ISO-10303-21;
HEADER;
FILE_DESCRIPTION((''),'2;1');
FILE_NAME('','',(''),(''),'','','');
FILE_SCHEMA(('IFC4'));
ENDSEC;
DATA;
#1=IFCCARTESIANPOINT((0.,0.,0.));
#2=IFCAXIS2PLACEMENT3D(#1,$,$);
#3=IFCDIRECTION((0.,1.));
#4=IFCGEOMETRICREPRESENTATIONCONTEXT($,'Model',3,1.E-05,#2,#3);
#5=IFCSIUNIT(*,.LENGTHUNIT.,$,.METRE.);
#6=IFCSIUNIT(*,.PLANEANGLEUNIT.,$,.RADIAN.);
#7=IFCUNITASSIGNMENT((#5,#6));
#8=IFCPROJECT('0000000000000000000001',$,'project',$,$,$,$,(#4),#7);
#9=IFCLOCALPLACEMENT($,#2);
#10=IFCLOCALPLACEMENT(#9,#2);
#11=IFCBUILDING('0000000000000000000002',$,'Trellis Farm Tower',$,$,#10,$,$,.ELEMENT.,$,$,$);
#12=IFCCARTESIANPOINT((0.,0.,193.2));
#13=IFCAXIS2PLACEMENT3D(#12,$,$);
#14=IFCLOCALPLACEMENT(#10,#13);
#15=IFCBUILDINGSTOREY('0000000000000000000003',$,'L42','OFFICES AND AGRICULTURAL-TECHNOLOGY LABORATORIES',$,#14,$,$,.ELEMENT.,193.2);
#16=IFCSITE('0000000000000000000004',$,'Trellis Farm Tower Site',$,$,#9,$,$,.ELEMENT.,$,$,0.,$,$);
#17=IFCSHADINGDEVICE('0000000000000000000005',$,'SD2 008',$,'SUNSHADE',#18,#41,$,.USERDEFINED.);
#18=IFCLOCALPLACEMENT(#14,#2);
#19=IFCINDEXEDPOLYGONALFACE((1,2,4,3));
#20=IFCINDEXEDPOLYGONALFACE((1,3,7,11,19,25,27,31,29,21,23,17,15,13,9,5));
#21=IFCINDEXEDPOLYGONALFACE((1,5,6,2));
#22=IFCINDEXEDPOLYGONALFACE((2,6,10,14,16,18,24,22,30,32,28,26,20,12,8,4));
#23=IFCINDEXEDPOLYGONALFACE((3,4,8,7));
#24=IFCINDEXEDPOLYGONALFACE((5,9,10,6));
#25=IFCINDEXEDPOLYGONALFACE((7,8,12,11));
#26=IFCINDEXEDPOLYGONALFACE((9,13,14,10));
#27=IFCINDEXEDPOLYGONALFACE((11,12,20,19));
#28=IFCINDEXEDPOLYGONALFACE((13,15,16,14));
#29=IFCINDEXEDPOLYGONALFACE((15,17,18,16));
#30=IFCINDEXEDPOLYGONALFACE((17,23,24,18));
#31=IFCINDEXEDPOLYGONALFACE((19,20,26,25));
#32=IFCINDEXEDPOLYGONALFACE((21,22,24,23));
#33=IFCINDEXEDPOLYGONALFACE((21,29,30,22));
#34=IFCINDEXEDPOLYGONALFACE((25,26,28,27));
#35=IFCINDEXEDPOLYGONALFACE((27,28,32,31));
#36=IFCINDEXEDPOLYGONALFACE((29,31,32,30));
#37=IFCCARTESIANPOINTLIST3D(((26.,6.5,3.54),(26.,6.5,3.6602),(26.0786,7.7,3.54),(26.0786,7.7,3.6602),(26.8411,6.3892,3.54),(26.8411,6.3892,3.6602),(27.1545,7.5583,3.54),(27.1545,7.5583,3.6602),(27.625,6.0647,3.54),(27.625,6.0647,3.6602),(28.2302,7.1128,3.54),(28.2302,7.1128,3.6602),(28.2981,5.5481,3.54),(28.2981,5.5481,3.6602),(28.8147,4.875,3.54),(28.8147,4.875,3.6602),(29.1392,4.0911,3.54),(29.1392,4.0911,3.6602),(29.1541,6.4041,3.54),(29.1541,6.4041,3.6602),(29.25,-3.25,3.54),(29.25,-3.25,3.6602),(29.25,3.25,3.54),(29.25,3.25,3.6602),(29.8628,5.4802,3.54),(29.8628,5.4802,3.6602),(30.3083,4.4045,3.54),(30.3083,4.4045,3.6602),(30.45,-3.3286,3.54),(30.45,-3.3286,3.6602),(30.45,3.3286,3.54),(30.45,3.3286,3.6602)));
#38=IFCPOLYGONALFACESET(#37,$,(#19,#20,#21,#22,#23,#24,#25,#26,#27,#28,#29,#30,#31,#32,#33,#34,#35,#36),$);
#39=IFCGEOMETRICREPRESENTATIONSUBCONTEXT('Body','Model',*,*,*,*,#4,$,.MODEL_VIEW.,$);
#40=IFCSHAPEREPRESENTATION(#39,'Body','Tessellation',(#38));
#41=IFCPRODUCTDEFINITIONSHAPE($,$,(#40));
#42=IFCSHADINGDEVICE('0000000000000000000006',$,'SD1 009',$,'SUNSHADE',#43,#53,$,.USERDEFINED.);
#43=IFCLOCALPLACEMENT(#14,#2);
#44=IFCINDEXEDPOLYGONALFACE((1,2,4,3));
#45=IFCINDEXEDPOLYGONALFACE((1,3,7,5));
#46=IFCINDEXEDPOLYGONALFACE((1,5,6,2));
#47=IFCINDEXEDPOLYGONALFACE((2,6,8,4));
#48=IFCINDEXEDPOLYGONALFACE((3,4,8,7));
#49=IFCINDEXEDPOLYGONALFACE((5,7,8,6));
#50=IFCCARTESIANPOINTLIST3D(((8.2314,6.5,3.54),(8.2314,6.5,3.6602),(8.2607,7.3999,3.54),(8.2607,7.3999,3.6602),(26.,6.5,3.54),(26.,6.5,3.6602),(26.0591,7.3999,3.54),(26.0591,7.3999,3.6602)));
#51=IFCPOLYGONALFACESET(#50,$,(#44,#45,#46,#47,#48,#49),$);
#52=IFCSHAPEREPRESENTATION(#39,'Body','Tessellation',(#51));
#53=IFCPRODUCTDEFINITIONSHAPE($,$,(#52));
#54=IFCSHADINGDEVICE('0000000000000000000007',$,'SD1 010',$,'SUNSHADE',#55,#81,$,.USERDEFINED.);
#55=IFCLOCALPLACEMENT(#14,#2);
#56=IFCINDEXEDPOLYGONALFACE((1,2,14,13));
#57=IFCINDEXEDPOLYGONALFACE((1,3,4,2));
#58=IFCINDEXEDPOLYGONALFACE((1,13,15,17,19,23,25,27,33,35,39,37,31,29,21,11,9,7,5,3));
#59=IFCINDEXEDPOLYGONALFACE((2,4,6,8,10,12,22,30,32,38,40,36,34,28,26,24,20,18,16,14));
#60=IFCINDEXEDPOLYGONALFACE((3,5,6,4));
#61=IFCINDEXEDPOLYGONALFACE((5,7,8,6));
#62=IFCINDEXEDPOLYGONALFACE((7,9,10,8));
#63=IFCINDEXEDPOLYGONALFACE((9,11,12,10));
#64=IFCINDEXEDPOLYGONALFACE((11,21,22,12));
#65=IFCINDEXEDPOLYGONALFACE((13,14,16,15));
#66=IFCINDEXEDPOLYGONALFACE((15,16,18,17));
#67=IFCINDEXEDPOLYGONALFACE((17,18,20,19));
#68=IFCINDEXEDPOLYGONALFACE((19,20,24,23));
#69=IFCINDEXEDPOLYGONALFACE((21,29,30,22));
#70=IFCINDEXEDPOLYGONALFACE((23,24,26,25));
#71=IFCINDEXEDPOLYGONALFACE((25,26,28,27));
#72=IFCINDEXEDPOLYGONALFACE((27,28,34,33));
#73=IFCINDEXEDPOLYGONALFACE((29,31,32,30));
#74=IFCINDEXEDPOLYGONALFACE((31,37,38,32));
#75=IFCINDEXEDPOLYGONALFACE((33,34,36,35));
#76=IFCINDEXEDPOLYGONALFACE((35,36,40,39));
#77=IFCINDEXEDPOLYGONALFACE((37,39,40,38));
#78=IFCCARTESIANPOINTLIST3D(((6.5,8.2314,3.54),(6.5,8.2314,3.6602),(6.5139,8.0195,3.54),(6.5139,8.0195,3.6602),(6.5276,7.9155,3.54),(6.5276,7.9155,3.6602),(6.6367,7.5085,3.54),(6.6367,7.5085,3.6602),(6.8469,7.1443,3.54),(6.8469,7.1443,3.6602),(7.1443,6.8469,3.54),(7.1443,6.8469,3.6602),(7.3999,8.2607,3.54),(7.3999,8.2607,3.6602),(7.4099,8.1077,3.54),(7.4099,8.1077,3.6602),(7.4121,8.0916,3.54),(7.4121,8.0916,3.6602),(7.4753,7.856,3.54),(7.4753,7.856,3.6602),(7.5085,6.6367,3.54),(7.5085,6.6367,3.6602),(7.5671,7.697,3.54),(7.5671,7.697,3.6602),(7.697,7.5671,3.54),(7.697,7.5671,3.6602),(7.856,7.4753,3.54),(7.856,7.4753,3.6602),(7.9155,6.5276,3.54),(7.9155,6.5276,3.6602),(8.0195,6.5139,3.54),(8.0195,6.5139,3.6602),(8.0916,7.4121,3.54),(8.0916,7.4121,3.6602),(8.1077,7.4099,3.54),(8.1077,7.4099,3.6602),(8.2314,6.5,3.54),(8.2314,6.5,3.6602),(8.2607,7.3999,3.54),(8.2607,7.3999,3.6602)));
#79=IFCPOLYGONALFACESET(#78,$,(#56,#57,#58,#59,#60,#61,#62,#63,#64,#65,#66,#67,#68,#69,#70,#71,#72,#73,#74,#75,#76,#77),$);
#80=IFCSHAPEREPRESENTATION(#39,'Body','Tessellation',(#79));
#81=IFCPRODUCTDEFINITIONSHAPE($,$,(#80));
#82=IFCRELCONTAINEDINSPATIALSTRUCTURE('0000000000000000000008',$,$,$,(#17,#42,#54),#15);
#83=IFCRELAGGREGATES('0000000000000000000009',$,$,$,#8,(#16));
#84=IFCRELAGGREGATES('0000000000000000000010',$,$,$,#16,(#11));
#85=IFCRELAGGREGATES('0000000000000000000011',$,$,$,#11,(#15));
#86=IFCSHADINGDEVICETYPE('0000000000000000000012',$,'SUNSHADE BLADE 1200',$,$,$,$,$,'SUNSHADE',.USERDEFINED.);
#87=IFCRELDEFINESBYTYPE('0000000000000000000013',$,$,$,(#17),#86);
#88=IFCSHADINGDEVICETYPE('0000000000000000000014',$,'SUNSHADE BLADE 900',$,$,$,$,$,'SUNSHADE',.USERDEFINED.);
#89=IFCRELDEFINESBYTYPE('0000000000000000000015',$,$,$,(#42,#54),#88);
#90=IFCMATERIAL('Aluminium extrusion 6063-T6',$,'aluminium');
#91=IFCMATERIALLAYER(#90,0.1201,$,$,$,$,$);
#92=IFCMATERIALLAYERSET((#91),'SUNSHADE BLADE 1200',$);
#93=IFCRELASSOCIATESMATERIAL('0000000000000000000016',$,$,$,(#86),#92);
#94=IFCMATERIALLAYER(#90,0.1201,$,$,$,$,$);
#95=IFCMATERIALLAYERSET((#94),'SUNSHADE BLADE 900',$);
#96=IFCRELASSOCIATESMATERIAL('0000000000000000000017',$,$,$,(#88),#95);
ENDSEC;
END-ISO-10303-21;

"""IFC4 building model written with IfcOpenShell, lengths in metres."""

from ifc_helpers import new_model, si_unit, direction, frame, origin, place, context, subcontext, project, spatial, polyline, outline, extrude, source, transform, mapped, material, layer, layer_set, type_object, element, save


model = new_model("IFC4")

# Units and contexts
model_context = context("Model", 3, precision=1e-05, world=origin(), true_north=direction((0.0, 1.0)))
body_context = subcontext(model_context, "Body", "Model", "MODEL_VIEW")
ifc_project = project(units=[si_unit("LENGTHUNIT", "METRE"), si_unit("PLANEANGLEUNIT", "RADIAN")], contexts=[model_context])

# Site, building, storey
site_placement = place(None, origin())
site = spatial("IfcSite", under=ifc_project, at=site_placement, Name="Trellis Farm Tower Site", CompositionType="ELEMENT", RefElevation=0.0)
building_placement = place(site_placement, origin())
building = spatial("IfcBuilding", under=site, at=building_placement, Name="Trellis Farm Tower", CompositionType="ELEMENT")
storey_placement = place(building_placement, frame((0.0, 0.0, 193.2)))
storey = spatial("IfcBuildingStorey", under=building, at=storey_placement, Name="L42", Description="OFFICES AND AGRICULTURAL-TECHNOLOGY LABORATORIES", CompositionType="ELEMENT", Elevation=193.2)

# Shared definitions
ifc_material_1 = material(Name="Aluminium extrusion 6063-T6", Category="aluminium")

# Shading devices
ifc_layer_1 = layer(ifc_material_1, 0.1201)
ifc_layer_set_1 = layer_set([ifc_layer_1], Name="SUNSHADE BLADE 1200")
shading_device_type_1 = type_object("IfcShadingDeviceType", Name="SUNSHADE BLADE 1200", ElementType="SUNSHADE", PredefinedType="USERDEFINED", material=ifc_layer_set_1)
placement_1 = place(storey_placement, frame((0.0, 0.0, 3.54)))
ifc_layer_2 = layer(ifc_material_1, 0.1201)
ifc_layer_set_2 = layer_set([ifc_layer_2], Name="SUNSHADE BLADE 900")
shading_device_type_2 = type_object("IfcShadingDeviceType", Name="SUNSHADE BLADE 900", ElementType="SUNSHADE", PredefinedType="USERDEFINED", material=ifc_layer_set_2)
shared_shape_1 = source(origin(), body_context, "Body", "SweptSolid", [
    extrude(outline(polyline([(30.45, -3.3286), (30.45, 3.3286), (30.3083, 4.4045), (29.8628, 5.4802), (29.1541, 6.4041), (28.2302, 7.1128), (27.1545, 7.5583), (26.0786, 7.7), (26.0, 6.5), (26.8411, 6.3892), (27.625, 6.0647), (28.2981, 5.5481), (28.8147, 4.875), (29.1392, 4.0911), (29.25, 3.25), (29.25, -3.25), (30.45, -3.3286)])), origin(), (0.0, 0.0, 1.0), 0.1201),
])
element("IfcShadingDevice", 1, at=placement_1, inside=storey, type_object=shading_device_type_1, Name="SD2 008", ObjectType="SUNSHADE", PredefinedType="USERDEFINED", context=body_context, shape_type="MappedRepresentation", body=[
    mapped(shared_shape_1, transform((0.0, 0.0, 0.0))),
])
shared_shape_2 = source(origin(), body_context, "Body", "SweptSolid", [
    extrude(outline(polyline([(26.0591, 7.3999), (8.2607, 7.3999), (8.2314, 6.5), (26.0, 6.5), (26.0591, 7.3999)])), origin(), (0.0, 0.0, 1.0), 0.1201),
])
element("IfcShadingDevice", 2, at=placement_1, inside=storey, type_object=shading_device_type_2, Name="SD1 009", ObjectType="SUNSHADE", PredefinedType="USERDEFINED", context=body_context, shape_type="MappedRepresentation", body=[
    mapped(shared_shape_2, transform((0.0, 0.0, 0.0))),
])
shared_shape_3 = source(origin(), body_context, "Body", "SweptSolid", [
    extrude(outline(polyline([(8.2607, 7.3999), (8.1077, 7.4099), (8.0916, 7.4121), (7.856, 7.4753), (7.697, 7.5671), (7.5671, 7.697), (7.4753, 7.856), (7.4121, 8.0916), (7.4099, 8.1077), (7.3999, 8.2607), (6.5, 8.2314), (6.5139, 8.0195), (6.5276, 7.9155), (6.6367, 7.5085), (6.8469, 7.1443), (7.1443, 6.8469), (7.5085, 6.6367), (7.9155, 6.5276), (8.0195, 6.5139), (8.2314, 6.5), (8.2607, 7.3999)])), origin(), (0.0, 0.0, 1.0), 0.1201),
])
element("IfcShadingDevice", 3, at=placement_1, inside=storey, type_object=shading_device_type_2, Name="SD1 010", ObjectType="SUNSHADE", PredefinedType="USERDEFINED", context=body_context, shape_type="MappedRepresentation", body=[
    mapped(shared_shape_3, transform((0.0, 0.0, 0.0))),
])

save(model, "model.ifc")
